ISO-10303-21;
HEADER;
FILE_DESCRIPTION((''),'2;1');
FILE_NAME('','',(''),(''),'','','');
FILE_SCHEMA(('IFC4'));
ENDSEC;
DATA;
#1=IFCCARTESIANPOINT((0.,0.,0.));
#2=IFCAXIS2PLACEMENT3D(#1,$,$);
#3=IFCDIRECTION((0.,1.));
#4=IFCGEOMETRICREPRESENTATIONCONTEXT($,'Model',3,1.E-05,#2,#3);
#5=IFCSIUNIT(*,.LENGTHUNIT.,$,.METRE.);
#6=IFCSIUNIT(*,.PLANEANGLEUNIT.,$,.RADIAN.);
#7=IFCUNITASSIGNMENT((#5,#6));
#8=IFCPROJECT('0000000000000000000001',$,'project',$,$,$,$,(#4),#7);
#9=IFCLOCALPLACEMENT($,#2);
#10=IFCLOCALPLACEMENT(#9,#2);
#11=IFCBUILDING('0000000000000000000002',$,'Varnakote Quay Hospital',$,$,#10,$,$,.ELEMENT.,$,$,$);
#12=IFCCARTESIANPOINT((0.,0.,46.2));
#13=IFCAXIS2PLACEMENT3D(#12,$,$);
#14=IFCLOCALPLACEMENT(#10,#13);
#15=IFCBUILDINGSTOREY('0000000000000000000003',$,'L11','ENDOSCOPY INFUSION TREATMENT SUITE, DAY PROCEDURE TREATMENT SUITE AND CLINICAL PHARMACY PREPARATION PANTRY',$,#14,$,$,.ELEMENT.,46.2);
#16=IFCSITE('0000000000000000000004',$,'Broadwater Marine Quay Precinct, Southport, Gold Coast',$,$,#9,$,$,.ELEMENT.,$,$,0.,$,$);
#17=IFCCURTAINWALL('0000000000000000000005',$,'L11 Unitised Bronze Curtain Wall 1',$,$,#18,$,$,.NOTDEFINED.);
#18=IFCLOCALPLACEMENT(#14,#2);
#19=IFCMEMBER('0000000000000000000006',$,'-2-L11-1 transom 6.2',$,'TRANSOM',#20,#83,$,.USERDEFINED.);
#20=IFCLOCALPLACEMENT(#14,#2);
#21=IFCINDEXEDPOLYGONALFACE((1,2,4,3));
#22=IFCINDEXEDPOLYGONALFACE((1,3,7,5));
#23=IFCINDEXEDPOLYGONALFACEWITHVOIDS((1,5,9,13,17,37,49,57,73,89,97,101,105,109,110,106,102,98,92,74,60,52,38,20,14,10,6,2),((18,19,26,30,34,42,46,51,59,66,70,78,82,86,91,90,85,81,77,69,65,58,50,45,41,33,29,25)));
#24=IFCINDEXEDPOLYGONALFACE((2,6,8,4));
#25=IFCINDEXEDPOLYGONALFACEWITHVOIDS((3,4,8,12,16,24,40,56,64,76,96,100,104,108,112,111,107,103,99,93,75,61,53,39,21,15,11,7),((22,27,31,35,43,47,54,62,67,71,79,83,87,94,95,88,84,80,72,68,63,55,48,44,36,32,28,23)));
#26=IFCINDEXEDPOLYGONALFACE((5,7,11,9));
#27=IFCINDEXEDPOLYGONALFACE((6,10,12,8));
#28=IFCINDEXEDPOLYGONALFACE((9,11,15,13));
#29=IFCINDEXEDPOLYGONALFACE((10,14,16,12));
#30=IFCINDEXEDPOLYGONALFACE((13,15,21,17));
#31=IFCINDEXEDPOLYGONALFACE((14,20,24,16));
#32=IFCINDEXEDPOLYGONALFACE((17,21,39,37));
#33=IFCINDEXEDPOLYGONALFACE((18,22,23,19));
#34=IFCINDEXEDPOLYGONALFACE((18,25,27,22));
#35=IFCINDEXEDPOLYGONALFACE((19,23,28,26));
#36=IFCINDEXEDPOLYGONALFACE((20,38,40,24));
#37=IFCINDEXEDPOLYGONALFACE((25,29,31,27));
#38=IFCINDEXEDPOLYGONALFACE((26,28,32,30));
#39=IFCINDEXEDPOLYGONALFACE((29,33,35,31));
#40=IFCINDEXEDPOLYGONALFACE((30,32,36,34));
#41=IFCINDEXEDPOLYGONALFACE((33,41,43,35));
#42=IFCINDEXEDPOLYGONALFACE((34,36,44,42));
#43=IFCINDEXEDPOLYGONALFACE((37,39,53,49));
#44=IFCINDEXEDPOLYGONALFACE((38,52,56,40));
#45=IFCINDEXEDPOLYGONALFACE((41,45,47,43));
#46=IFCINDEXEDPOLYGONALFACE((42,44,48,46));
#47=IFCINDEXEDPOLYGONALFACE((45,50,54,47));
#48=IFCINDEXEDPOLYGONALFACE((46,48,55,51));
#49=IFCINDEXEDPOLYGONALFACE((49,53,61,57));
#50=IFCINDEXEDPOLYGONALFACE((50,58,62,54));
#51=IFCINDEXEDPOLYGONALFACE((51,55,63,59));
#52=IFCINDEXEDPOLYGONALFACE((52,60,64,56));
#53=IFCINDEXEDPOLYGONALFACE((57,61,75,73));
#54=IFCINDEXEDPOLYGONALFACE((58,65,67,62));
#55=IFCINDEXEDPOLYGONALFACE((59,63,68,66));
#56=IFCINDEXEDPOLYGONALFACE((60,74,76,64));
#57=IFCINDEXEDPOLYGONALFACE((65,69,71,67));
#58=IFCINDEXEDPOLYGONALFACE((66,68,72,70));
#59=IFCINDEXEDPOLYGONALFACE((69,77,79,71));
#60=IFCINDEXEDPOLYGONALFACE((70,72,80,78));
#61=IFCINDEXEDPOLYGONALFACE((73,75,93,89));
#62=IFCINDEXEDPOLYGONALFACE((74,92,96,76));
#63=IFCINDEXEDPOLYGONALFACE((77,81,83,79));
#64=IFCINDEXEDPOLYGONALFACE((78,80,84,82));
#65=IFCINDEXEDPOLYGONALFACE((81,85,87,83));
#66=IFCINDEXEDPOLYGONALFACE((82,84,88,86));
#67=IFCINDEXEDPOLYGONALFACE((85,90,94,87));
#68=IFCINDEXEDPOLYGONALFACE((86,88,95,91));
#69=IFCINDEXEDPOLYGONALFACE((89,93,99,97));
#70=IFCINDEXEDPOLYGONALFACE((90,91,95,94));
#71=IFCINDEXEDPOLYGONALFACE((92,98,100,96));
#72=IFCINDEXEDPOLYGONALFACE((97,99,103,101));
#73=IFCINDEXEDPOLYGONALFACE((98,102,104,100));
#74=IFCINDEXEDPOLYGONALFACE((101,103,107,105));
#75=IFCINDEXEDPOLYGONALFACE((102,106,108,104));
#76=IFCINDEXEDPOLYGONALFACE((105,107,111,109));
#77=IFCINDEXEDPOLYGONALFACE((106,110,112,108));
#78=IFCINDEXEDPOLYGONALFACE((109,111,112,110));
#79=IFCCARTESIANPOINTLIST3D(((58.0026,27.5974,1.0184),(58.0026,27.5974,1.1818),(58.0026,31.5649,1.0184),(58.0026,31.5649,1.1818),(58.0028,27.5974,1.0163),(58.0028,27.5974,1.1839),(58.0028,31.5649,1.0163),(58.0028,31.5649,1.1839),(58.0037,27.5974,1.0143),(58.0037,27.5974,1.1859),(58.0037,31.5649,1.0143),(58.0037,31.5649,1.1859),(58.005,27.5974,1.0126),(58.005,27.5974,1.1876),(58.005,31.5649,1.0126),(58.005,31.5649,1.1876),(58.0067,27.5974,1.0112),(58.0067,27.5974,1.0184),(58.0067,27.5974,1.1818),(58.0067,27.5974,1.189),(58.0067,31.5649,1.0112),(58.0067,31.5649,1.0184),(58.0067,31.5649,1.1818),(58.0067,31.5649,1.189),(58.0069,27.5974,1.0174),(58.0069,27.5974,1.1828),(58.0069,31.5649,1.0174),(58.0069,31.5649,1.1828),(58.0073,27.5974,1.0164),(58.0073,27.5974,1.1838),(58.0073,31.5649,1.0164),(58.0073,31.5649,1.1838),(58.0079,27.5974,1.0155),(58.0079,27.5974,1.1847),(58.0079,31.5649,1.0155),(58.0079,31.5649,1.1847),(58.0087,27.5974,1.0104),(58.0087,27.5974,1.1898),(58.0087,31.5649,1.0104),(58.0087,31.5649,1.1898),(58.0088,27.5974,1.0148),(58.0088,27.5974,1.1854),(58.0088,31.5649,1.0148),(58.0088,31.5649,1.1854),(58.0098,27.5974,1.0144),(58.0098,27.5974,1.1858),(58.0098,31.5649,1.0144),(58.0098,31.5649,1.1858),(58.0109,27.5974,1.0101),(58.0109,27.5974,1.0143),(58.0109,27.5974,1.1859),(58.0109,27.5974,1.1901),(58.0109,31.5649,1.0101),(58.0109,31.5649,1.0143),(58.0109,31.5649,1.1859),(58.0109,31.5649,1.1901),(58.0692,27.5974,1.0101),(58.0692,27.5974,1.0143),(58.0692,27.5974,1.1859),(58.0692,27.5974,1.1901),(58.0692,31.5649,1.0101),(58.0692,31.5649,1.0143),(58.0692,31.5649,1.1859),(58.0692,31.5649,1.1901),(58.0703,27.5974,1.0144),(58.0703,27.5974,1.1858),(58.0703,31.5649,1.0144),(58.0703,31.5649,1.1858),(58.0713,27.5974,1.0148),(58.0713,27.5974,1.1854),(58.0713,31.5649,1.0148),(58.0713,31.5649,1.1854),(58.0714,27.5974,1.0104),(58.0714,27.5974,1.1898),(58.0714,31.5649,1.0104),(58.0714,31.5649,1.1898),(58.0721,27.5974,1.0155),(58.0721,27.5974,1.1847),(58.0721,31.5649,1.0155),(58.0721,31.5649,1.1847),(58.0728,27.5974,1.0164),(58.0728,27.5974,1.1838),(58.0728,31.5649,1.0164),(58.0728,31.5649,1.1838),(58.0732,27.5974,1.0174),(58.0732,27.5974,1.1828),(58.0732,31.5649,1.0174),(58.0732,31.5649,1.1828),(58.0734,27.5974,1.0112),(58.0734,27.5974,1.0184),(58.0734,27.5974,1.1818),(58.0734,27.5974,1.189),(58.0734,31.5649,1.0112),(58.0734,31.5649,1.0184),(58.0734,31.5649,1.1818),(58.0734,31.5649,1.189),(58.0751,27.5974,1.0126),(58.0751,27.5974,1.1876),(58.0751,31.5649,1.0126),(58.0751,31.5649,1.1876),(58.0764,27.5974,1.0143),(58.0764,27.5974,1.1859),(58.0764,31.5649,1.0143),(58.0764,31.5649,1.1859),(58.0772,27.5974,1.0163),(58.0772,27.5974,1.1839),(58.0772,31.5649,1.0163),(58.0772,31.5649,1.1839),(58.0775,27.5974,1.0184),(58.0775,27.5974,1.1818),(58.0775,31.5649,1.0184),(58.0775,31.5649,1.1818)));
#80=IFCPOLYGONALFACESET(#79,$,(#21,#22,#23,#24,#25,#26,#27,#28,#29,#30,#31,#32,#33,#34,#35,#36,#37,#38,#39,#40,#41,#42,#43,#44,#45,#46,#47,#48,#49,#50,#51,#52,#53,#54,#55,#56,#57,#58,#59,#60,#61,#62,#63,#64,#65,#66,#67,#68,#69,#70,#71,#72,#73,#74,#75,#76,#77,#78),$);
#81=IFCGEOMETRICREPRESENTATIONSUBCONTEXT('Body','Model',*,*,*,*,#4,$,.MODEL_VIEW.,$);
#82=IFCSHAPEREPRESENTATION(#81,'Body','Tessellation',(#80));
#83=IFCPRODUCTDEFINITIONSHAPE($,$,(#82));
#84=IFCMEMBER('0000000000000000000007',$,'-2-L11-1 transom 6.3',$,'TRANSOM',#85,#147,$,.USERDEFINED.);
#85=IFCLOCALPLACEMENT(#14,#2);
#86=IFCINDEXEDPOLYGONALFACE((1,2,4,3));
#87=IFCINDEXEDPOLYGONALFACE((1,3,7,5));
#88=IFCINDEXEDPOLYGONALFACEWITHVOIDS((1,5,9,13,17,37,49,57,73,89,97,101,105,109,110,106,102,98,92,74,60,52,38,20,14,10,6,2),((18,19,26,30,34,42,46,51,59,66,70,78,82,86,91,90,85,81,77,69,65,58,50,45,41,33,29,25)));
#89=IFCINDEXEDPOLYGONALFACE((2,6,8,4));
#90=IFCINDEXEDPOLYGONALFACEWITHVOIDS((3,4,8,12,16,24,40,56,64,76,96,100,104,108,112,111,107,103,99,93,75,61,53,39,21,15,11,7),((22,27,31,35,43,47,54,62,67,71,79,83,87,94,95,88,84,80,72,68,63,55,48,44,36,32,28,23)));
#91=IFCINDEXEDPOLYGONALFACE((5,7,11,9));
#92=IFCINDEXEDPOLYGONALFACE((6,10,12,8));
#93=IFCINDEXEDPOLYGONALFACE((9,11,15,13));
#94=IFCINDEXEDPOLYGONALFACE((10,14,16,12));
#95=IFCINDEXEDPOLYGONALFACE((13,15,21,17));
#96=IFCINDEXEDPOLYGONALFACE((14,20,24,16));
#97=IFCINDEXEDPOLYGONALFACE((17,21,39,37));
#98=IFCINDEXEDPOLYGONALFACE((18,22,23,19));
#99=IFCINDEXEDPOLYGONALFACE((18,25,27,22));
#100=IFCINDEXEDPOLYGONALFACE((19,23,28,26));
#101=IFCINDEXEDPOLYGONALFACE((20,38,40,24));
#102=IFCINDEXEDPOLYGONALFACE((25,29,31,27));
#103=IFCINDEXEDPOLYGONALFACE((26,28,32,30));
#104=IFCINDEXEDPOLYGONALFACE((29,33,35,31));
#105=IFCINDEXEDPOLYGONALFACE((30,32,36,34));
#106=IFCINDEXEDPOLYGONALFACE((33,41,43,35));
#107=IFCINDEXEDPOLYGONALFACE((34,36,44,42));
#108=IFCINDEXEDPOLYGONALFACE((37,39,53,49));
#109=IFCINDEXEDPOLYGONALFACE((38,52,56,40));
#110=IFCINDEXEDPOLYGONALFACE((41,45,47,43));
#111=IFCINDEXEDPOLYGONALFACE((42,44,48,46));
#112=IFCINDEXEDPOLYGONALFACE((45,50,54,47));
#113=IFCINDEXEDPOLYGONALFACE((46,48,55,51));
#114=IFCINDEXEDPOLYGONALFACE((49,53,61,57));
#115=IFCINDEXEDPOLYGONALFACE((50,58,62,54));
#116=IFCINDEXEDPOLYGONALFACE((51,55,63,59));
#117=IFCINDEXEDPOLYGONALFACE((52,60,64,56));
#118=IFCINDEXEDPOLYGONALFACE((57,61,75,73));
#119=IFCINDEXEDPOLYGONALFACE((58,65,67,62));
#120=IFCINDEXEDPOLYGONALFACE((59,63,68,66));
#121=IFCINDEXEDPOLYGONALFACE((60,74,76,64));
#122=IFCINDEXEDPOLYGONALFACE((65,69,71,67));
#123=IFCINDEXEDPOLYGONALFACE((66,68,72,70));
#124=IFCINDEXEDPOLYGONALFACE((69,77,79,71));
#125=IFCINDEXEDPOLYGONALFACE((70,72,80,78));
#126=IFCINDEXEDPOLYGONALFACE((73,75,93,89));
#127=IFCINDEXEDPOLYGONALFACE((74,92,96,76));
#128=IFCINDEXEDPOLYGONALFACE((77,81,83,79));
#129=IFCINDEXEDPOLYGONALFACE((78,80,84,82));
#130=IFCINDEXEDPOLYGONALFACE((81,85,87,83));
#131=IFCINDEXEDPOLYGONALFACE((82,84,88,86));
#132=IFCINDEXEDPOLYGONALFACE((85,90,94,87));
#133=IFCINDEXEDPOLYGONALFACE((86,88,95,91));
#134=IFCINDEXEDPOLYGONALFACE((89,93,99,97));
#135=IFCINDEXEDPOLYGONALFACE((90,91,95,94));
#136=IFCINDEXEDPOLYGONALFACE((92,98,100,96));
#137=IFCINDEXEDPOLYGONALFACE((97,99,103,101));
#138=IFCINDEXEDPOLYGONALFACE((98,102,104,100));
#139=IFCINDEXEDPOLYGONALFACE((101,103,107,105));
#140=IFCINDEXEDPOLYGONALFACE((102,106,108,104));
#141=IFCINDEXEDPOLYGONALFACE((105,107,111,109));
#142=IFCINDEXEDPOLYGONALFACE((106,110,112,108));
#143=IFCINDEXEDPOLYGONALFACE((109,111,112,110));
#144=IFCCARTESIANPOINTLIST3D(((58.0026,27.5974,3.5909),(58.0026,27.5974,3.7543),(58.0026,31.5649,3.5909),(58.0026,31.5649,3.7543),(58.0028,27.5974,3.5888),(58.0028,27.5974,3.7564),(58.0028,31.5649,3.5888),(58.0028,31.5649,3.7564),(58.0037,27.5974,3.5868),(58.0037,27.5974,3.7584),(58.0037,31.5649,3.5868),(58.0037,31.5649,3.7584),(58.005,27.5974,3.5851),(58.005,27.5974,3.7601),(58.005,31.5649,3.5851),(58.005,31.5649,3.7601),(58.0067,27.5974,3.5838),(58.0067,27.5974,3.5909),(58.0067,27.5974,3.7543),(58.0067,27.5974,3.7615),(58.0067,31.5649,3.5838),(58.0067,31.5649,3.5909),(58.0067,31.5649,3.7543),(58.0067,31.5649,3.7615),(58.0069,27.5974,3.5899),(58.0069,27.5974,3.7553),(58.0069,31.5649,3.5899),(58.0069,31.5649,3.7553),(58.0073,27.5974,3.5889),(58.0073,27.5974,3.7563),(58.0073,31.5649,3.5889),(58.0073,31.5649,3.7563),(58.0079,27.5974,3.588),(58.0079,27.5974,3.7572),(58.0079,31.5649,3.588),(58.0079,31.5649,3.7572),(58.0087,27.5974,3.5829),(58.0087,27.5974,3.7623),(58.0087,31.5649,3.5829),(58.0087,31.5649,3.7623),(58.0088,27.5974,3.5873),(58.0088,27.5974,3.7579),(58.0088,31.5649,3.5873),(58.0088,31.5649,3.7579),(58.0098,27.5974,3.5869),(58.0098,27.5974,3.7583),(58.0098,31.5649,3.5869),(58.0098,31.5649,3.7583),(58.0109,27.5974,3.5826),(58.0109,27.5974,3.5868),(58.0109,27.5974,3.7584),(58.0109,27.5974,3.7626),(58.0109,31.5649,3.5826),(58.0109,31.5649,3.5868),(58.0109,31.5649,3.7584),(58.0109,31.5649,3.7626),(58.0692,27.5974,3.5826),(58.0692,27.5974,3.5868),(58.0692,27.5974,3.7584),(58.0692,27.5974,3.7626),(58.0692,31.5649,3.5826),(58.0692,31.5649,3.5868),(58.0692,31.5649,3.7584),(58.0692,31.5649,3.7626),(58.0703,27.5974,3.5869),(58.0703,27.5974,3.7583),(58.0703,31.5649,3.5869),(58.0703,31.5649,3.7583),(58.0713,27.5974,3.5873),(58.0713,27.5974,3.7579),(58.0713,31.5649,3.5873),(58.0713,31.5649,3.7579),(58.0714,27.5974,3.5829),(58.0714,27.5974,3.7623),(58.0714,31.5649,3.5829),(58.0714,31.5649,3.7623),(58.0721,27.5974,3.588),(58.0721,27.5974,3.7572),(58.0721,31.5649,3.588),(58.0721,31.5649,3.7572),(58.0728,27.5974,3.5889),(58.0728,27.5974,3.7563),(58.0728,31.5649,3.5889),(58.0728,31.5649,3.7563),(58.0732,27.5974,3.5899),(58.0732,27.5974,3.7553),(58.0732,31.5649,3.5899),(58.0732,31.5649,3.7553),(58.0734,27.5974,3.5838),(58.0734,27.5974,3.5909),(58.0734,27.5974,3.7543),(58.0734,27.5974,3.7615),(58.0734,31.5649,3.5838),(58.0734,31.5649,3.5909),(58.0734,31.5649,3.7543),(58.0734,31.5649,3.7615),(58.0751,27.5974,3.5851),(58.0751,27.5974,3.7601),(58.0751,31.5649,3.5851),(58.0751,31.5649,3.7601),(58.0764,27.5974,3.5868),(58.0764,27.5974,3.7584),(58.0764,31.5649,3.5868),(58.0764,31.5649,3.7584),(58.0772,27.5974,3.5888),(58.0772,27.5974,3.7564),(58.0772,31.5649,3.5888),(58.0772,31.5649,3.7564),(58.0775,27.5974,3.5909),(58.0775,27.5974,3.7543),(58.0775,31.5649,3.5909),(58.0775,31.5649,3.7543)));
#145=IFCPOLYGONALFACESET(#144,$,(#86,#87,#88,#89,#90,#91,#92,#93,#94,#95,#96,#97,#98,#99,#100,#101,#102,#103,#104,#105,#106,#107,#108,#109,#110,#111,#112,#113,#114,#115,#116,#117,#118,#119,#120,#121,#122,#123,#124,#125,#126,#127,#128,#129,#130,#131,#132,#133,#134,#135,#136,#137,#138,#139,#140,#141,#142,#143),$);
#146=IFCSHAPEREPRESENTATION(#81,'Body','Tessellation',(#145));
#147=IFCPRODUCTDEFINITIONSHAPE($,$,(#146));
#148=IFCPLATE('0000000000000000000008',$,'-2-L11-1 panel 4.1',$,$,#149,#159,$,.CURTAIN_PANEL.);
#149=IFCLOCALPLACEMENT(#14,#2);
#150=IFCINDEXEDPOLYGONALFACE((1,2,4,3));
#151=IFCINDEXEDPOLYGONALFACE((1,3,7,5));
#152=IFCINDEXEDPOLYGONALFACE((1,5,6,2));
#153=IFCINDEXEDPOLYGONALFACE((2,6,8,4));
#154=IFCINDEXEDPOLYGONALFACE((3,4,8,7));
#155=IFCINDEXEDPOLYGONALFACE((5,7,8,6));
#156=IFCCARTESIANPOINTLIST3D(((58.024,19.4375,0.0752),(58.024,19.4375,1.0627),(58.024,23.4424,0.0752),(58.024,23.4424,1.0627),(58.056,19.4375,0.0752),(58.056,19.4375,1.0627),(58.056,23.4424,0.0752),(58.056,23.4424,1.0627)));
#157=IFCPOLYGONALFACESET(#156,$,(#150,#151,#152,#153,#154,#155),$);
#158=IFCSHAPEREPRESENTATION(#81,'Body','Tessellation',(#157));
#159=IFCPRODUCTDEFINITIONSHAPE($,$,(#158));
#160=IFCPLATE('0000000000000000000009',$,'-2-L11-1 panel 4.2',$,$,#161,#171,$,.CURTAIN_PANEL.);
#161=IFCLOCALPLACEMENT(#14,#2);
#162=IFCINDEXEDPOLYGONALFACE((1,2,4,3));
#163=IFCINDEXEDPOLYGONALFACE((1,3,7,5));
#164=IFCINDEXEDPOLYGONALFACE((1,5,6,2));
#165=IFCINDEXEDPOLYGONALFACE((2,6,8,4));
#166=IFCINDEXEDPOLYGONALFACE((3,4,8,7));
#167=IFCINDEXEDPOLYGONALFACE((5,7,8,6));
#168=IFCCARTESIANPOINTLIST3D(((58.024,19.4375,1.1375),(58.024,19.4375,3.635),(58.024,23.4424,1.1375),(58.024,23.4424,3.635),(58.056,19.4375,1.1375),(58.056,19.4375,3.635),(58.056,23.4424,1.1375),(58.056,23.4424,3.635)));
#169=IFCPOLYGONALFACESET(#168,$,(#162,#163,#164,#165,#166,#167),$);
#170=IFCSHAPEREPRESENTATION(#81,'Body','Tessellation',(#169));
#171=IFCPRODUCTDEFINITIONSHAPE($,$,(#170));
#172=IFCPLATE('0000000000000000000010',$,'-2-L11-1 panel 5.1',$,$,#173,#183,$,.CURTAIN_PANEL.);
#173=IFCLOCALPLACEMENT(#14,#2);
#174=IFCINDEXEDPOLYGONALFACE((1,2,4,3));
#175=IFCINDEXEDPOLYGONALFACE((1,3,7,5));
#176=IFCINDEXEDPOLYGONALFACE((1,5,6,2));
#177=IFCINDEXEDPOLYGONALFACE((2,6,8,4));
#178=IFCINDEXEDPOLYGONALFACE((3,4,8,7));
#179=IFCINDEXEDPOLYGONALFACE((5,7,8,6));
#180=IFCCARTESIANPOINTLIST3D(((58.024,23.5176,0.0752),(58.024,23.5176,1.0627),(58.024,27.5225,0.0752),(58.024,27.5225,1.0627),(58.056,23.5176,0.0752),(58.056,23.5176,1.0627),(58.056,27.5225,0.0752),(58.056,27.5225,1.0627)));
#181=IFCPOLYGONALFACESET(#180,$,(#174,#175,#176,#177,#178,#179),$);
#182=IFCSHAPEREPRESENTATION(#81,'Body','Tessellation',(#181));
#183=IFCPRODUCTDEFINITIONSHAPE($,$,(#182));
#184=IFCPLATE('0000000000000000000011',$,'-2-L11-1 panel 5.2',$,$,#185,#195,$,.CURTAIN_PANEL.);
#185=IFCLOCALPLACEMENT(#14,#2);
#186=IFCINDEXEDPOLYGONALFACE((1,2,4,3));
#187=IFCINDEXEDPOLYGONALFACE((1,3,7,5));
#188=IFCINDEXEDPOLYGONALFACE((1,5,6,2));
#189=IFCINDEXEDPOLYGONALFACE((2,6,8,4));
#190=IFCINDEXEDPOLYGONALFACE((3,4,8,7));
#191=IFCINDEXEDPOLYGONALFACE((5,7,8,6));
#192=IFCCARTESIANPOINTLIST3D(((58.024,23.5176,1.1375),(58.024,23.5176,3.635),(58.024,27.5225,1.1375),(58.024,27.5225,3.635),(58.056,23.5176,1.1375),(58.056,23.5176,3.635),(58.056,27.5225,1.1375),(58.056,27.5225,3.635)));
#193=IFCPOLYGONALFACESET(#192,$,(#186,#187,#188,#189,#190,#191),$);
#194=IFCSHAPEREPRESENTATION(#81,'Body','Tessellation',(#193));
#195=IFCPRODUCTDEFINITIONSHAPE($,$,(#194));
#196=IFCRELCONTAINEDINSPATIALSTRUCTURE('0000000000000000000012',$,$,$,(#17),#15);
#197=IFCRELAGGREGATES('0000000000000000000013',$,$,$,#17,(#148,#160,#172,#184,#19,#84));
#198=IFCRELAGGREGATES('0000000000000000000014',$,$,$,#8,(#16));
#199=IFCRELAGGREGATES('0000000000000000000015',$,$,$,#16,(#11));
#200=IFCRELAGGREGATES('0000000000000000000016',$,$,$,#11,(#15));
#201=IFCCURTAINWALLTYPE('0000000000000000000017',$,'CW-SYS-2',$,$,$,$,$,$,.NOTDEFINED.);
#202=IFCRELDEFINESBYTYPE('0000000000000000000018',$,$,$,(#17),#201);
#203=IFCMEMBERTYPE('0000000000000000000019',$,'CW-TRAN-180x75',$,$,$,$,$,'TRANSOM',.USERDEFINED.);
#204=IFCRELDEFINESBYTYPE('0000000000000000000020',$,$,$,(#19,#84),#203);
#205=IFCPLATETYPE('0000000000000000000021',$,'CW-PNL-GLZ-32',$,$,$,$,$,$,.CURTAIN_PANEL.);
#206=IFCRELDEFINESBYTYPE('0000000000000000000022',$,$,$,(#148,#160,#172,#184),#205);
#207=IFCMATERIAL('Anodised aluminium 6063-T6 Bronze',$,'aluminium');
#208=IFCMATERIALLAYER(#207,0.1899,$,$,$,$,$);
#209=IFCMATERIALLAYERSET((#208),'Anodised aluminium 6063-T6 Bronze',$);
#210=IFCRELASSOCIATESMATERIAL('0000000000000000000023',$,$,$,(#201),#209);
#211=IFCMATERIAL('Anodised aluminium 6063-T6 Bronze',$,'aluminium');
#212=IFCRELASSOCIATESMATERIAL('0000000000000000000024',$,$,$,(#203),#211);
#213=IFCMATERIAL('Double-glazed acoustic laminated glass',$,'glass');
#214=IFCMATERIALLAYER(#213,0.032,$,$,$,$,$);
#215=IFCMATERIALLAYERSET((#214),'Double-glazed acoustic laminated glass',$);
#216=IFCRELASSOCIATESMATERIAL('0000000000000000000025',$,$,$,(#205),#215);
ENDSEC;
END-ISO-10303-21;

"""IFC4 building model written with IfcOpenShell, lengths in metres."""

from ifc_helpers import new_model, si_unit, direction, frame, origin, origin_2d, place, context, subcontext, project, spatial, rectangle, hollow_rectangle, extrude, material, layer, layer_set, material_profile, profile_set, type_object, element, aggregate, save


model = new_model("IFC4")

# Units and contexts
model_context = context("Model", 3, precision=1e-05, world=origin(), true_north=direction((0.0, 1.0)))
body_context = subcontext(model_context, "Body", "Model", "MODEL_VIEW")
ifc_project = project(units=[si_unit("LENGTHUNIT", "METRE"), si_unit("PLANEANGLEUNIT", "RADIAN")], contexts=[model_context])

# Site, building, storey
site_placement = place(None, origin())
site = spatial("IfcSite", under=ifc_project, at=site_placement, Name="Broadwater Marine Quay Precinct, Southport, Gold Coast", CompositionType="ELEMENT", RefElevation=0.0)
building_placement = place(site_placement, origin())
building = spatial("IfcBuilding", under=site, at=building_placement, Name="Varnakote Quay Hospital", CompositionType="ELEMENT")
storey_placement = place(building_placement, frame((0.0, 0.0, 46.2)))
storey = spatial("IfcBuildingStorey", under=building, at=storey_placement, Name="L11", Description="ENDOSCOPY INFUSION TREATMENT SUITE, DAY PROCEDURE TREATMENT SUITE AND CLINICAL PHARMACY PREPARATION PANTRY", CompositionType="ELEMENT", Elevation=46.2)

# Curtain wall, members, plates
ifc_material_1 = material(Name="Anodised aluminium 6063-T6 Bronze", Category="aluminium")
ifc_layer_1 = layer(ifc_material_1, 0.1899)
ifc_layer_set_1 = layer_set([ifc_layer_1], Name="Anodised aluminium 6063-T6 Bronze")
curtain_wall_type = type_object("IfcCurtainWallType", Name="CW-SYS-2", PredefinedType="NOTDEFINED", material=ifc_layer_set_1)
curtain_wall_placement = place(storey_placement, origin())
curtain_wall = element("IfcCurtainWall", 1, at=curtain_wall_placement, inside=storey, type_object=curtain_wall_type, Name="L11 Unitised Bronze Curtain Wall 1", PredefinedType="NOTDEFINED")
ifc_material_2 = material(Name="Anodised aluminium 6063-T6 Bronze", Category="aluminium")
ifc_material_profile_1 = material_profile(ifc_material_2, hollow_rectangle(XDim=0.075, YDim=0.1799, WallThickness=0.0042, InnerFilletRadius=0.0042, OuterFilletRadius=0.0083, at=origin_2d()), Name="CW-TRAN-180x75")
ifc_profile_set_1 = profile_set([ifc_material_profile_1], Name="Anodised aluminium 6063-T6 Bronze")
member_type_1 = type_object("IfcMemberType", Name="CW-TRAN-180x75", ElementType="TRANSOM", PredefinedType="USERDEFINED", material=ifc_profile_set_1)
member_1_placement = place(storey_placement, frame((58.04, 27.5974, 1.1001), z_axis=(0.0, 1.0, 0.0), x_axis=(-1.0, 0.0, 0.0)))
member_1 = element("IfcMember", 2, at=member_1_placement, type_object=member_type_1, Name="-2-L11-1 transom 6.2", ObjectType="TRANSOM", PredefinedType="USERDEFINED", context=body_context, shape_type="SweptSolid", body=[
    extrude(hollow_rectangle(XDim=0.075, YDim=0.1799, WallThickness=0.0042, InnerFilletRadius=0.0042, OuterFilletRadius=0.0083, at=origin_2d()), origin(), (0.0, 0.0, 1.0), 3.9675),
])
member_2_placement = place(storey_placement, frame((58.04, 27.5974, 3.6726), z_axis=(0.0, 1.0, 0.0), x_axis=(-1.0, 0.0, 0.0)))
member_2 = element("IfcMember", 3, at=member_2_placement, type_object=member_type_1, Name="-2-L11-1 transom 6.3", ObjectType="TRANSOM", PredefinedType="USERDEFINED", context=body_context, shape_type="SweptSolid", body=[
    extrude(hollow_rectangle(XDim=0.075, YDim=0.1799, WallThickness=0.0042, InnerFilletRadius=0.0042, OuterFilletRadius=0.0083, at=origin_2d()), origin(), (0.0, 0.0, 1.0), 3.9675),
])
ifc_material_3 = material(Name="Double-glazed acoustic laminated glass", Category="glass")
ifc_layer_2 = layer(ifc_material_3, 0.032)
ifc_layer_set_2 = layer_set([ifc_layer_2], Name="Double-glazed acoustic laminated glass")
plate_type = type_object("IfcPlateType", Name="CW-PNL-GLZ-32", PredefinedType="CURTAIN_PANEL", material=ifc_layer_set_2)
plate_1_placement = place(storey_placement, frame((58.04, 21.4399, 0.0752), z_axis=(0.0, 0.0, 1.0), x_axis=(0.0, 1.0, 0.0)))
plate_1 = element("IfcPlate", 4, at=plate_1_placement, type_object=plate_type, Name="-2-L11-1 panel 4.1", PredefinedType="CURTAIN_PANEL", context=body_context, shape_type="SweptSolid", body=[
    extrude(rectangle(XDim=4.0049, YDim=0.032, at=origin_2d()), origin(), (0.0, 0.0, 1.0), 0.9875),
])
plate_2_placement = place(storey_placement, frame((58.04, 21.4399, 1.1375), z_axis=(0.0, 0.0, 1.0), x_axis=(0.0, 1.0, 0.0)))
plate_2 = element("IfcPlate", 5, at=plate_2_placement, type_object=plate_type, Name="-2-L11-1 panel 4.2", PredefinedType="CURTAIN_PANEL", context=body_context, shape_type="SweptSolid", body=[
    extrude(rectangle(XDim=4.0049, YDim=0.032, at=origin_2d()), origin(), (0.0, 0.0, 1.0), 2.4976),
])
plate_3_placement = place(storey_placement, frame((58.04, 25.52, 0.0752), z_axis=(0.0, 0.0, 1.0), x_axis=(0.0, 1.0, 0.0)))
plate_3 = element("IfcPlate", 6, at=plate_3_placement, type_object=plate_type, Name="-2-L11-1 panel 5.1", PredefinedType="CURTAIN_PANEL", context=body_context, shape_type="SweptSolid", body=[
    extrude(rectangle(XDim=4.0049, YDim=0.032, at=origin_2d()), origin(), (0.0, 0.0, 1.0), 0.9875),
])
plate_4_placement = place(storey_placement, frame((58.04, 25.52, 1.1375), z_axis=(0.0, 0.0, 1.0), x_axis=(0.0, 1.0, 0.0)))
plate_4 = element("IfcPlate", 7, at=plate_4_placement, type_object=plate_type, Name="-2-L11-1 panel 5.2", PredefinedType="CURTAIN_PANEL", context=body_context, shape_type="SweptSolid", body=[
    extrude(rectangle(XDim=4.0049, YDim=0.032, at=origin_2d()), origin(), (0.0, 0.0, 1.0), 2.4976),
])
aggregate(curtain_wall, [plate_1, plate_2, plate_3, plate_4, member_1, member_2])

save(model, "model.ifc")
